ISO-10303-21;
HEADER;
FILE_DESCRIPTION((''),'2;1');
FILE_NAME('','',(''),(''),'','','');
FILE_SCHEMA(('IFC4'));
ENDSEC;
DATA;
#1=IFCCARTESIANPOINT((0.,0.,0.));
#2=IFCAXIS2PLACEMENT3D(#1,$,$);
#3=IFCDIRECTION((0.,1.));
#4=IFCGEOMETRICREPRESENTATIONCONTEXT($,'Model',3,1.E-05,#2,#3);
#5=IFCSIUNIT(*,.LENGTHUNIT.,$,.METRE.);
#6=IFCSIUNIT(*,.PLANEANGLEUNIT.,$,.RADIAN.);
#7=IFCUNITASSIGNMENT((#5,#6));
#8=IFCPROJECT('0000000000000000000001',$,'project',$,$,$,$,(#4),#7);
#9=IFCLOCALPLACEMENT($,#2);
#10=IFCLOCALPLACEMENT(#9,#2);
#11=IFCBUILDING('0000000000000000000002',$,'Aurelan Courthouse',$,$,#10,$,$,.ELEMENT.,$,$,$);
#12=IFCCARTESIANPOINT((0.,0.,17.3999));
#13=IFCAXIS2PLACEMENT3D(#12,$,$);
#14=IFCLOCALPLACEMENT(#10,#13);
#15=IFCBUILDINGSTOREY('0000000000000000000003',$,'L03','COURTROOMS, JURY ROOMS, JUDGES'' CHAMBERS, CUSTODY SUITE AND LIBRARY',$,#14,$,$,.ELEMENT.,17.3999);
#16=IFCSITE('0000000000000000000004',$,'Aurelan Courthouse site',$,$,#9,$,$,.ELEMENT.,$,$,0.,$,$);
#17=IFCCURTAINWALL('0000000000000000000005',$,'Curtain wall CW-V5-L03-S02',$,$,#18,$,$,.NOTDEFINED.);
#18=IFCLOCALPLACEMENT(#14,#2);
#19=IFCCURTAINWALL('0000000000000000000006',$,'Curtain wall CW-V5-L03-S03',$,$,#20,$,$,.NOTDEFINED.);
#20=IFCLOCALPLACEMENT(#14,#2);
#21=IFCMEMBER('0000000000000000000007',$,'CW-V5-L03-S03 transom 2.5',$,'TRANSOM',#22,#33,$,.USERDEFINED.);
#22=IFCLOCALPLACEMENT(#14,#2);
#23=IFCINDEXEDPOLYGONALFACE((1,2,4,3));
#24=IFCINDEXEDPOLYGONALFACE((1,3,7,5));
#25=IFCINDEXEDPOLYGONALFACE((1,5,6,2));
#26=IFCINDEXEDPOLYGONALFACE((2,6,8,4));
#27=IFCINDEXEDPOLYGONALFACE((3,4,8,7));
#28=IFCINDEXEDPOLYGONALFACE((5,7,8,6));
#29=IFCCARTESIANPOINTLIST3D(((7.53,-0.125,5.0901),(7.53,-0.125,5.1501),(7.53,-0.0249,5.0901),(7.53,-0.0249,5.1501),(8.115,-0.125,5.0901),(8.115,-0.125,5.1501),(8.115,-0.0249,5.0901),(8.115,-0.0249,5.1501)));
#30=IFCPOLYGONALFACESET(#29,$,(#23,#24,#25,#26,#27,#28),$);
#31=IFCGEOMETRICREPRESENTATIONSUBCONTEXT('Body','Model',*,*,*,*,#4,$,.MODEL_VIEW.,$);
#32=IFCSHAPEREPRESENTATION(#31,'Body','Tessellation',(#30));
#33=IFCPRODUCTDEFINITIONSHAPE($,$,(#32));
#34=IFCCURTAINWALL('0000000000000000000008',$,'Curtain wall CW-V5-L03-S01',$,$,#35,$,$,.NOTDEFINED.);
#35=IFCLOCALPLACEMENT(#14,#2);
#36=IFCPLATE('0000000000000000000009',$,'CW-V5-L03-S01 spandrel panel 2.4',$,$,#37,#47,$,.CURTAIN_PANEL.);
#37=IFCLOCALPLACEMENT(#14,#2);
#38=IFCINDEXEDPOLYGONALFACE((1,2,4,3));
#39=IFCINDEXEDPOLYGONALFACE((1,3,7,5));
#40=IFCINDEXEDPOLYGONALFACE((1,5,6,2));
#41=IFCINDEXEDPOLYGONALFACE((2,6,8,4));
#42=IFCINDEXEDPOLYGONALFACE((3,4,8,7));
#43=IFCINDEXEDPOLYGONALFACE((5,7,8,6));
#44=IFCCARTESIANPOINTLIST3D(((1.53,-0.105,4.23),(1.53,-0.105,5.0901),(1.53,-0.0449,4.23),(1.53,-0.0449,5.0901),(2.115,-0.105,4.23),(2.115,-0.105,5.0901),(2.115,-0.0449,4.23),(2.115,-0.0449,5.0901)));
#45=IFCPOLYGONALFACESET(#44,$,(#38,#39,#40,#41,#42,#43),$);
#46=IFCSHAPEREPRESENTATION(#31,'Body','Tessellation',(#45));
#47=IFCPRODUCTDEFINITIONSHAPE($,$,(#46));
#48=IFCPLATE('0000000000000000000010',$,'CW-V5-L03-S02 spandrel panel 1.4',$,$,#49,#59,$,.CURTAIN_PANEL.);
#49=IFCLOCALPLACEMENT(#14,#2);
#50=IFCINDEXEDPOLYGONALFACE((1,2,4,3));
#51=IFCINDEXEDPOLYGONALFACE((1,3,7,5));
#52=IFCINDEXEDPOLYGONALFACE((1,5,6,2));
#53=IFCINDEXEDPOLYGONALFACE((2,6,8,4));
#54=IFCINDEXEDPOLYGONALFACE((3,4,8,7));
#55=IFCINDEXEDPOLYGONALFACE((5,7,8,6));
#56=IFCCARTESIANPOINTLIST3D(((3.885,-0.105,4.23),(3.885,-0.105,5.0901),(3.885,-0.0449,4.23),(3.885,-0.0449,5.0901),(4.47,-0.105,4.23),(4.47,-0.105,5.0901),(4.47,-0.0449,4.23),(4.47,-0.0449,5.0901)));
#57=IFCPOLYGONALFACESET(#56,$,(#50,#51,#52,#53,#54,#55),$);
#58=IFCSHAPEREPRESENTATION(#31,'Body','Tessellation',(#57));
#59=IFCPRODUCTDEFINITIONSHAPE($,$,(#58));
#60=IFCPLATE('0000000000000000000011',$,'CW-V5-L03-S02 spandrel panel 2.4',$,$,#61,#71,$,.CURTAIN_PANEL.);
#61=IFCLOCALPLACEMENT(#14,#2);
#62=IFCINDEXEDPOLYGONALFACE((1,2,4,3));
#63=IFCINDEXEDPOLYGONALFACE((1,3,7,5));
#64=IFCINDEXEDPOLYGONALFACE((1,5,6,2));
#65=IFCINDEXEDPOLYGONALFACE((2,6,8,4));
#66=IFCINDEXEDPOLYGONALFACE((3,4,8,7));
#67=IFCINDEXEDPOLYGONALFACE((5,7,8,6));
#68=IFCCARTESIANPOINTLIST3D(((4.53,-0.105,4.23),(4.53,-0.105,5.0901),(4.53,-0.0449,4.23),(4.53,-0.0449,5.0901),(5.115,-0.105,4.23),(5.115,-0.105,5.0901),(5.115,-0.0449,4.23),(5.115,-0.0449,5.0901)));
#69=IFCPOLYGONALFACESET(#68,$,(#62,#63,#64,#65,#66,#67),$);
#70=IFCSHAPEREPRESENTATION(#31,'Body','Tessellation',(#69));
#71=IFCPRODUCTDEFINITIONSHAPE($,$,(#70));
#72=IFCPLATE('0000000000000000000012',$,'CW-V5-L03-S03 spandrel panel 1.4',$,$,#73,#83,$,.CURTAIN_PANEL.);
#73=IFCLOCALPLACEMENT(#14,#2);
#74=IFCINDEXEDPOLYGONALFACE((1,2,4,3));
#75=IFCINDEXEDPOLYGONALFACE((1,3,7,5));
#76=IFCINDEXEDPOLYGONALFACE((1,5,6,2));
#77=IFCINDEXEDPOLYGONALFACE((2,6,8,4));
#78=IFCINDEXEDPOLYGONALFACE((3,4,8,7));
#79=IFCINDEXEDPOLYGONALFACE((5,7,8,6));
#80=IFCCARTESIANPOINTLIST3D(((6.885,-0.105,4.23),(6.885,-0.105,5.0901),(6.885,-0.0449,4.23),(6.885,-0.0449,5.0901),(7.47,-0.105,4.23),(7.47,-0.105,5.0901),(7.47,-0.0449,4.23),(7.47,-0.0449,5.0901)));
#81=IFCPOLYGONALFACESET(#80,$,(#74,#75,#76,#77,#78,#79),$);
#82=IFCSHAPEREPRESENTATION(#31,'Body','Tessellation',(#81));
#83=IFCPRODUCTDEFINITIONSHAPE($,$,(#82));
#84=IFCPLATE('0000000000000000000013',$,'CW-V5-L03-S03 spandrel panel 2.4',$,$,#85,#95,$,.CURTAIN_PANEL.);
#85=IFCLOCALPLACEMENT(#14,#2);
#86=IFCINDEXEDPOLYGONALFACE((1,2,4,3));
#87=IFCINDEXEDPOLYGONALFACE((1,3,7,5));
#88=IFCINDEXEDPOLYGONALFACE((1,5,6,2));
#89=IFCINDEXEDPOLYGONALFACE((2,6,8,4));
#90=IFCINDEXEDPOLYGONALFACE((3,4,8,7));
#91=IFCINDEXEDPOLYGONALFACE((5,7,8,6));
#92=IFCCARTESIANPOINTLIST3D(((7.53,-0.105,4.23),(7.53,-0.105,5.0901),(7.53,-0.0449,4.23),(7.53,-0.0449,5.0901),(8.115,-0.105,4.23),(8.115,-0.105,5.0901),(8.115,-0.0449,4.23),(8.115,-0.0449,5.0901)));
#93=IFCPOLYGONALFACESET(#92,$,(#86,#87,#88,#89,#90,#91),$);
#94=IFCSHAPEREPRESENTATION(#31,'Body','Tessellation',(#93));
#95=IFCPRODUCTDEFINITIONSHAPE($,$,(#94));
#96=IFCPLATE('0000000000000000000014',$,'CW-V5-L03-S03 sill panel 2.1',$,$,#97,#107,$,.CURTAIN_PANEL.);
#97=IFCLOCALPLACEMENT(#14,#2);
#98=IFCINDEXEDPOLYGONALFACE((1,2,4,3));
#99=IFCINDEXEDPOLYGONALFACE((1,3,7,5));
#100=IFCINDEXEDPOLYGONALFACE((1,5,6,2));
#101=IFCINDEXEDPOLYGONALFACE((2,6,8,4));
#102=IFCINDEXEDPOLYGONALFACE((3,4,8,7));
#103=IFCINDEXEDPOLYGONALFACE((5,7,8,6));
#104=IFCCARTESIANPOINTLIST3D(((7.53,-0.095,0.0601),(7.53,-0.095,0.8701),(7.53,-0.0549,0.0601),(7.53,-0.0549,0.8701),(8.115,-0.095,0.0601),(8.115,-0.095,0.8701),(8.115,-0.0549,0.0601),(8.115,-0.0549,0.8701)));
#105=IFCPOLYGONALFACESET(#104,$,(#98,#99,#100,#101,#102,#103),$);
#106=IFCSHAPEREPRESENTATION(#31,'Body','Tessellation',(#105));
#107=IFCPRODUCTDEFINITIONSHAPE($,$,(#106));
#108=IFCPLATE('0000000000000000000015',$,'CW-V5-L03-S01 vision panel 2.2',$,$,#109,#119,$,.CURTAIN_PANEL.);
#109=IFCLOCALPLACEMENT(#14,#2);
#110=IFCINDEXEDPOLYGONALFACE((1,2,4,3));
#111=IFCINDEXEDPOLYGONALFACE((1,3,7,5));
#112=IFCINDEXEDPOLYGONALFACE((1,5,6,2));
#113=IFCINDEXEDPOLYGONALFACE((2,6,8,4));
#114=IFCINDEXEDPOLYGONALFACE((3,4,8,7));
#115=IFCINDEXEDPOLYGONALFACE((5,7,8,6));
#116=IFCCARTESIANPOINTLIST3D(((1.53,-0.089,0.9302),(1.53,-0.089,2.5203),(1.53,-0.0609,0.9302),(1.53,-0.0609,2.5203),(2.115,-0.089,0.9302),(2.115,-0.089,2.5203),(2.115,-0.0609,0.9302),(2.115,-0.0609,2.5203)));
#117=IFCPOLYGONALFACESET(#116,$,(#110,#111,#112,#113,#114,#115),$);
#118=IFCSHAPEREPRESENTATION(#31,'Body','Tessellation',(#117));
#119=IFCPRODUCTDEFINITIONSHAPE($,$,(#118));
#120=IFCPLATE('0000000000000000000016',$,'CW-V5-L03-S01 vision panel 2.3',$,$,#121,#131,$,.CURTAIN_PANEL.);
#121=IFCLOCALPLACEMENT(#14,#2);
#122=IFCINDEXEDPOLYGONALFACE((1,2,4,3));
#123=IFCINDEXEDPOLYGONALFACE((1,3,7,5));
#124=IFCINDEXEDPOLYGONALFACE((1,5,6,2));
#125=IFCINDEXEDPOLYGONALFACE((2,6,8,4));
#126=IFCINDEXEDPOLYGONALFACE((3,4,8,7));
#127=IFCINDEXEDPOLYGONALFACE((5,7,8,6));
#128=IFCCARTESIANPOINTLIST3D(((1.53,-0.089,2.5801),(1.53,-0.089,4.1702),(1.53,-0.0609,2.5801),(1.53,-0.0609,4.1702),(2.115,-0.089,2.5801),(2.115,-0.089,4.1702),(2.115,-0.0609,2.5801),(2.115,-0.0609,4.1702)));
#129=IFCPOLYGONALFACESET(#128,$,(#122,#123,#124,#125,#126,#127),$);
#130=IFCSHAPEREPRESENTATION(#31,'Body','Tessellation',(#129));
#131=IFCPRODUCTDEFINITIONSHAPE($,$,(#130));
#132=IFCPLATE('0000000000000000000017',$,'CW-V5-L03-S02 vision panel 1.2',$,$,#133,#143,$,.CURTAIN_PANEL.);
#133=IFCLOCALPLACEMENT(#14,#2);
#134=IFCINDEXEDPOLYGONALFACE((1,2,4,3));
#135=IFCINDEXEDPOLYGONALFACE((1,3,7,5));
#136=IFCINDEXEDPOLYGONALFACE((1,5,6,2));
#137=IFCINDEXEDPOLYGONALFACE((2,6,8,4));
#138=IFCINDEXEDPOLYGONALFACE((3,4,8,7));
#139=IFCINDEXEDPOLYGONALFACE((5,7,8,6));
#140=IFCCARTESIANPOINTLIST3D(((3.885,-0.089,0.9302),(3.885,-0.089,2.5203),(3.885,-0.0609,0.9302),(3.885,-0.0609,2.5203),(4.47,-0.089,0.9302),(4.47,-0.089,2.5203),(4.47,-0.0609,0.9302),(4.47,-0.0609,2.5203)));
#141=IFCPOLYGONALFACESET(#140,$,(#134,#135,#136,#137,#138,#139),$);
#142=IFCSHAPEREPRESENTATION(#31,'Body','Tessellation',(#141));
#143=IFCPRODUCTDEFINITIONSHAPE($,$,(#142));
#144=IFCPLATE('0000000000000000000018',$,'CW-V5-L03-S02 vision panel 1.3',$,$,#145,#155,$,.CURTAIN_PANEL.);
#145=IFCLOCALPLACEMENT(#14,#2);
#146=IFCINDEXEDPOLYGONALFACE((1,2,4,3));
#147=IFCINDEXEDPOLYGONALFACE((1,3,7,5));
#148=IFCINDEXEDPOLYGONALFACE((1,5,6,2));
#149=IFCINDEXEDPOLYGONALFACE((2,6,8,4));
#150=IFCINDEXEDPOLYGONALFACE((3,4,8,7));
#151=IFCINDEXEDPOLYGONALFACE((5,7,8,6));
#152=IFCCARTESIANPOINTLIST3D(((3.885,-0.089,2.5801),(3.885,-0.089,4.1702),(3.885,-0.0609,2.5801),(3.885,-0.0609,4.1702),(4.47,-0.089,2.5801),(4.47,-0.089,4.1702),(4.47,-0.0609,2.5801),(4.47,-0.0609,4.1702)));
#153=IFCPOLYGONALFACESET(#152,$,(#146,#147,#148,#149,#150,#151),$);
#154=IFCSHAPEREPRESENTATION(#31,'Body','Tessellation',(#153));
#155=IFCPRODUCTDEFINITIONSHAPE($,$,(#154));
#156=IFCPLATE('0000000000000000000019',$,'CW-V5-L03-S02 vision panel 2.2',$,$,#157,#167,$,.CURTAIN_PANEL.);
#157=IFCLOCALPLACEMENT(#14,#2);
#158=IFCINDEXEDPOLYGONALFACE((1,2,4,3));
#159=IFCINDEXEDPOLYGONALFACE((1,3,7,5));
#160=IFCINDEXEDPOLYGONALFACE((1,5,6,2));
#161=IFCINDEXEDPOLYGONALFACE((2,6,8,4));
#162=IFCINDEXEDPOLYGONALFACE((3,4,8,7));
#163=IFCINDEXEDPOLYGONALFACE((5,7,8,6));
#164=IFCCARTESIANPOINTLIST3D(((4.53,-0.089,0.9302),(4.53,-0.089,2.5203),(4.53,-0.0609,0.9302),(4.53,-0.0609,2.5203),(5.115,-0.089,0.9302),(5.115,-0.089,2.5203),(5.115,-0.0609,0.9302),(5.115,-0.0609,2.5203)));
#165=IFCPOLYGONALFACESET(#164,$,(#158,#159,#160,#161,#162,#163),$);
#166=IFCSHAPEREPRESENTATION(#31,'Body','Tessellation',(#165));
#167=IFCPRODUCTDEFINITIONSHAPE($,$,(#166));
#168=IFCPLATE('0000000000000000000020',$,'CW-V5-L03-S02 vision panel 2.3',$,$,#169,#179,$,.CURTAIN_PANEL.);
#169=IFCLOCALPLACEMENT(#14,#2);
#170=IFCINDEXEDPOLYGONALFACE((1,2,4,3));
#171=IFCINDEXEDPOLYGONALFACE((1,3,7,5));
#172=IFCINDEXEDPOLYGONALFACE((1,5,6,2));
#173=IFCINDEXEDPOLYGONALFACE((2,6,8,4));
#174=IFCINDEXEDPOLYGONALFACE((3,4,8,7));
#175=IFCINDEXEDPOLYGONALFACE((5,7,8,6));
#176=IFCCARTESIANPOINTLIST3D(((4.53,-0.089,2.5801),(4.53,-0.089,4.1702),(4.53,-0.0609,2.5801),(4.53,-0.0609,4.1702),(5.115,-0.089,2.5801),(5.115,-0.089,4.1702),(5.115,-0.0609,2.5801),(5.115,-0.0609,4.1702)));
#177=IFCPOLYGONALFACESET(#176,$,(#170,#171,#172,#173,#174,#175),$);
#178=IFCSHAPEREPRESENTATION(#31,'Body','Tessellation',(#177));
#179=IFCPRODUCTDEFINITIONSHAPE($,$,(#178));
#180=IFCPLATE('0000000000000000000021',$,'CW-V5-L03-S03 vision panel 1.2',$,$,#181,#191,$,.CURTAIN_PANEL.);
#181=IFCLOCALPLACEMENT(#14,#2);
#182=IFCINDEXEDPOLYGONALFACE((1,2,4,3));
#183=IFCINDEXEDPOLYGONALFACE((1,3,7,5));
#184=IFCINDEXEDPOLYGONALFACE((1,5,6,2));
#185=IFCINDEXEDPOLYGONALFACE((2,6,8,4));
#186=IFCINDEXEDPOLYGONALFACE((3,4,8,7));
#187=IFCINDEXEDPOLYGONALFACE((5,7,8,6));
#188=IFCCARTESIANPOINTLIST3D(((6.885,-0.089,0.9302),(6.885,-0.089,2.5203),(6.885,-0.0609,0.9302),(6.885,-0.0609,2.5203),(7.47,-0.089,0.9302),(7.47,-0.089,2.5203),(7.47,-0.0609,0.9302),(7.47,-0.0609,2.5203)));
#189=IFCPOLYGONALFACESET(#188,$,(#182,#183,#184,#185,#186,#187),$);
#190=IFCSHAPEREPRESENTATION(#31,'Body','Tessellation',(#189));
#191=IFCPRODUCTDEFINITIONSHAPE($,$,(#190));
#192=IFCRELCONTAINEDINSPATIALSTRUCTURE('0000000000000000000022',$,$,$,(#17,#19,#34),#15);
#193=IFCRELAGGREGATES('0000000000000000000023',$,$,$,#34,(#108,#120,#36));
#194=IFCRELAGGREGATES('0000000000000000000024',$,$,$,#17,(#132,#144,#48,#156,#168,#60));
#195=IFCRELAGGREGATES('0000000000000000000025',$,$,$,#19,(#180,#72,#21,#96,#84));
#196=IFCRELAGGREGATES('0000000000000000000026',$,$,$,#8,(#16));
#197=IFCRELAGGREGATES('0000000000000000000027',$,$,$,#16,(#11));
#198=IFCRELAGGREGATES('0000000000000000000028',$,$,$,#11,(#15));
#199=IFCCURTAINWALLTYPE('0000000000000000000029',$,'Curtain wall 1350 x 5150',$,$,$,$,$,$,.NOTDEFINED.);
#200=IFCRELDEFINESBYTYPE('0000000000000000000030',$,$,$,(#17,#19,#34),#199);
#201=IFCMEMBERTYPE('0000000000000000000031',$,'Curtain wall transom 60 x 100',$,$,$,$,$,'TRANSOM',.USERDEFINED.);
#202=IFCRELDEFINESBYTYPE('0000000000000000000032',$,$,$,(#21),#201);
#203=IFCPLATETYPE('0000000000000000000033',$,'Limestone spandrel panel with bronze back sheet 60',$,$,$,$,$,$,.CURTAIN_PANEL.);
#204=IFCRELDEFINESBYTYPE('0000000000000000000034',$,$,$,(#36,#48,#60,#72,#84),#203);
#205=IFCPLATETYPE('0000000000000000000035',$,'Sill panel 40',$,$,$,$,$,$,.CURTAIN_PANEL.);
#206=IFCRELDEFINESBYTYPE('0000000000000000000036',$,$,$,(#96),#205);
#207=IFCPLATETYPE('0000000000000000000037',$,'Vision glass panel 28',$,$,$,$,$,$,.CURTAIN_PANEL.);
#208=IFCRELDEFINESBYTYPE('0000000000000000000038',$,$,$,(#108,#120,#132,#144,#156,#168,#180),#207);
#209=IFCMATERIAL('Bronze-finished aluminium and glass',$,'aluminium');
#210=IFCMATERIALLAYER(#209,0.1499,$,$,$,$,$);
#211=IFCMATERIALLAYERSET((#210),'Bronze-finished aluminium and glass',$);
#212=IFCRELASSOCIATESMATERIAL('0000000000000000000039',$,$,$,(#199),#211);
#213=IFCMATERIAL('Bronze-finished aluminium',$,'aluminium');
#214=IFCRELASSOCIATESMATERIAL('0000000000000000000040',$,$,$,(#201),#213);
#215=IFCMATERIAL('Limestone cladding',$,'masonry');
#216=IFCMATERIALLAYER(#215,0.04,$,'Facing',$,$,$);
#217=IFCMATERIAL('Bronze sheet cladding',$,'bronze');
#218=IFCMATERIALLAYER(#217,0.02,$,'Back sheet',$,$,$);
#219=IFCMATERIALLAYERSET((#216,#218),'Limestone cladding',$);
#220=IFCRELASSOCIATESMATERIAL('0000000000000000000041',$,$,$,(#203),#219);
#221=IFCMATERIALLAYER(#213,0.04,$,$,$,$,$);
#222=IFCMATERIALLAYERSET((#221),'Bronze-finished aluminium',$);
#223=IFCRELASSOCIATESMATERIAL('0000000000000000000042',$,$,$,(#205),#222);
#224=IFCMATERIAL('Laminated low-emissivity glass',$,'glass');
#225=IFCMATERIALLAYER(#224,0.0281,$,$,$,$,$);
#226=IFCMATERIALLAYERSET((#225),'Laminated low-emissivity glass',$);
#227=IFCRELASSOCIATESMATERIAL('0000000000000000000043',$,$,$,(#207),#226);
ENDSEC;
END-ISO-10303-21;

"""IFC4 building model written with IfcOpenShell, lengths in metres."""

from ifc_helpers import new_model, si_unit, direction, frame, origin, origin_2d, place, context, subcontext, project, spatial, rectangle, extrude, material, layer, layer_set, material_profile, profile_set, type_object, element, aggregate, save


model = new_model("IFC4")

# Units and contexts
model_context = context("Model", 3, precision=1e-05, world=origin(), true_north=direction((0.0, 1.0)))
body_context = subcontext(model_context, "Body", "Model", "MODEL_VIEW")
ifc_project = project(units=[si_unit("LENGTHUNIT", "METRE"), si_unit("PLANEANGLEUNIT", "RADIAN")], contexts=[model_context])

# Site, building, storey
site_placement = place(None, origin())
site = spatial("IfcSite", under=ifc_project, at=site_placement, Name="Aurelan Courthouse site", CompositionType="ELEMENT", RefElevation=0.0)
building_placement = place(site_placement, origin())
building = spatial("IfcBuilding", under=site, at=building_placement, Name="Aurelan Courthouse", CompositionType="ELEMENT")
storey_placement = place(building_placement, frame((0.0, 0.0, 17.3999)))
storey = spatial("IfcBuildingStorey", under=building, at=storey_placement, Name="L03", Description="COURTROOMS, JURY ROOMS, JUDGES' CHAMBERS, CUSTODY SUITE AND LIBRARY", CompositionType="ELEMENT", Elevation=17.3999)

# Curtain walls, member
ifc_material_1 = material(Name="Bronze-finished aluminium and glass", Category="aluminium")
ifc_layer_1 = layer(ifc_material_1, 0.1499)
ifc_layer_set_1 = layer_set([ifc_layer_1], Name="Bronze-finished aluminium and glass")
curtain_wall_type = type_object("IfcCurtainWallType", Name="Curtain wall 1350 x 5150", PredefinedType="NOTDEFINED", material=ifc_layer_set_1)
curtain_wall_1_placement = place(storey_placement, origin())
curtain_wall_1 = element("IfcCurtainWall", 1, at=curtain_wall_1_placement, inside=storey, type_object=curtain_wall_type, Name="Curtain wall CW-V5-L03-S02", PredefinedType="NOTDEFINED")
ifc_material_2 = material(Name="Bronze-finished aluminium", Category="aluminium")
ifc_material_profile = material_profile(ifc_material_2, rectangle(XDim=0.1001, YDim=0.0601, at=origin_2d()), Name="Bronze transom 60 x 100")
ifc_profile_set = profile_set([ifc_material_profile], Name="Bronze-finished aluminium")
member_type = type_object("IfcMemberType", Name="Curtain wall transom 60 x 100", ElementType="TRANSOM", PredefinedType="USERDEFINED", material=ifc_profile_set)
curtain_wall_2_placement = place(storey_placement, origin())
curtain_wall_2 = element("IfcCurtainWall", 2, at=curtain_wall_2_placement, inside=storey, type_object=curtain_wall_type, Name="Curtain wall CW-V5-L03-S03", PredefinedType="NOTDEFINED")
member_1_placement = place(storey_placement, frame((7.53, -0.075, 5.1201), z_axis=(1.0, 0.0, 0.0), x_axis=(0.0, 1.0, 0.0)))
member_1 = element("IfcMember", 3, at=member_1_placement, type_object=member_type, Name="CW-V5-L03-S03 transom 2.5", ObjectType="TRANSOM", PredefinedType="USERDEFINED", context=body_context, shape_type="SweptSolid", body=[
    extrude(rectangle(XDim=0.1001, YDim=0.0601, at=origin_2d()), origin(), (0.0, 0.0, 1.0), 0.585),
])

# Curtain wall, plate
curtain_wall_3_placement = place(storey_placement, origin())
curtain_wall_3 = element("IfcCurtainWall", 4, at=curtain_wall_3_placement, inside=storey, type_object=curtain_wall_type, Name="Curtain wall CW-V5-L03-S01", PredefinedType="NOTDEFINED")
ifc_material_3 = material(Name="Limestone cladding", Category="masonry")
ifc_layer_2 = layer(ifc_material_3, 0.04, Name="Facing")
ifc_material_4 = material(Name="Bronze sheet cladding", Category="bronze")
ifc_layer_3 = layer(ifc_material_4, 0.02, Name="Back sheet")
ifc_layer_set_2 = layer_set([ifc_layer_2, ifc_layer_3], Name="Limestone cladding")
plate_type_1 = type_object("IfcPlateType", Name="Limestone spandrel panel with bronze back sheet 60", PredefinedType="CURTAIN_PANEL", material=ifc_layer_set_2)
plate_1_placement = place(storey_placement, frame((1.8225, -0.075, 4.23), z_axis=(0.0, 0.0, 1.0), x_axis=(1.0, 0.0, 0.0)))
plate_1 = element("IfcPlate", 5, at=plate_1_placement, type_object=plate_type_1, Name="CW-V5-L03-S01 spandrel panel 2.4", PredefinedType="CURTAIN_PANEL", context=body_context, shape_type="SweptSolid", body=[
    extrude(rectangle(XDim=0.585, YDim=0.0601, at=origin_2d()), origin(), (0.0, 0.0, 1.0), 0.8601),
])

# Plates
plate_2_placement = place(storey_placement, frame((4.1775, -0.075, 4.23), z_axis=(0.0, 0.0, 1.0), x_axis=(1.0, 0.0, 0.0)))
plate_2 = element("IfcPlate", 6, at=plate_2_placement, type_object=plate_type_1, Name="CW-V5-L03-S02 spandrel panel 1.4", PredefinedType="CURTAIN_PANEL", context=body_context, shape_type="SweptSolid", body=[
    extrude(rectangle(XDim=0.585, YDim=0.0601, at=origin_2d()), origin(), (0.0, 0.0, 1.0), 0.8601),
])
plate_3_placement = place(storey_placement, frame((4.8225, -0.075, 4.23), z_axis=(0.0, 0.0, 1.0), x_axis=(1.0, 0.0, 0.0)))
plate_3 = element("IfcPlate", 7, at=plate_3_placement, type_object=plate_type_1, Name="CW-V5-L03-S02 spandrel panel 2.4", PredefinedType="CURTAIN_PANEL", context=body_context, shape_type="SweptSolid", body=[
    extrude(rectangle(XDim=0.585, YDim=0.0601, at=origin_2d()), origin(), (0.0, 0.0, 1.0), 0.8601),
])
plate_4_placement = place(storey_placement, frame((7.1775, -0.075, 4.23), z_axis=(0.0, 0.0, 1.0), x_axis=(1.0, 0.0, 0.0)))
plate_4 = element("IfcPlate", 8, at=plate_4_placement, type_object=plate_type_1, Name="CW-V5-L03-S03 spandrel panel 1.4", PredefinedType="CURTAIN_PANEL", context=body_context, shape_type="SweptSolid", body=[
    extrude(rectangle(XDim=0.585, YDim=0.0601, at=origin_2d()), origin(), (0.0, 0.0, 1.0), 0.8601),
])
plate_5_placement = place(storey_placement, frame((7.8225, -0.075, 4.23), z_axis=(0.0, 0.0, 1.0), x_axis=(1.0, 0.0, 0.0)))
plate_5 = element("IfcPlate", 9, at=plate_5_placement, type_object=plate_type_1, Name="CW-V5-L03-S03 spandrel panel 2.4", PredefinedType="CURTAIN_PANEL", context=body_context, shape_type="SweptSolid", body=[
    extrude(rectangle(XDim=0.585, YDim=0.0601, at=origin_2d()), origin(), (0.0, 0.0, 1.0), 0.8601),
])
ifc_layer_4 = layer(ifc_material_2, 0.04)
ifc_layer_set_3 = layer_set([ifc_layer_4], Name="Bronze-finished aluminium")
plate_type_2 = type_object("IfcPlateType", Name="Sill panel 40", PredefinedType="CURTAIN_PANEL", material=ifc_layer_set_3)
plate_6_placement = place(storey_placement, frame((7.8225, -0.075, 0.0601), z_axis=(0.0, 0.0, 1.0), x_axis=(1.0, 0.0, 0.0)))
plate_6 = element("IfcPlate", 10, at=plate_6_placement, type_object=plate_type_2, Name="CW-V5-L03-S03 sill panel 2.1", PredefinedType="CURTAIN_PANEL", context=body_context, shape_type="SweptSolid", body=[
    extrude(rectangle(XDim=0.585, YDim=0.04, at=origin_2d()), origin(), (0.0, 0.0, 1.0), 0.8101),
])
ifc_material_5 = material(Name="Laminated low-emissivity glass", Category="glass")
ifc_layer_5 = layer(ifc_material_5, 0.0281)
ifc_layer_set_4 = layer_set([ifc_layer_5], Name="Laminated low-emissivity glass")
plate_type_3 = type_object("IfcPlateType", Name="Vision glass panel 28", PredefinedType="CURTAIN_PANEL", material=ifc_layer_set_4)
plate_7_placement = place(storey_placement, frame((1.8225, -0.075, 0.9302), z_axis=(0.0, 0.0, 1.0), x_axis=(1.0, 0.0, 0.0)))
plate_7 = element("IfcPlate", 11, at=plate_7_placement, type_object=plate_type_3, Name="CW-V5-L03-S01 vision panel 2.2", PredefinedType="CURTAIN_PANEL", context=body_context, shape_type="SweptSolid", body=[
    extrude(rectangle(XDim=0.585, YDim=0.0281, at=origin_2d()), origin(), (0.0, 0.0, 1.0), 1.5901),
])
plate_8_placement = place(storey_placement, frame((1.8225, -0.075, 2.5801), z_axis=(0.0, 0.0, 1.0), x_axis=(1.0, 0.0, 0.0)))
plate_8 = element("IfcPlate", 12, at=plate_8_placement, type_object=plate_type_3, Name="CW-V5-L03-S01 vision panel 2.3", PredefinedType="CURTAIN_PANEL", context=body_context, shape_type="SweptSolid", body=[
    extrude(rectangle(XDim=0.585, YDim=0.0281, at=origin_2d()), origin(), (0.0, 0.0, 1.0), 1.5901),
])
aggregate(curtain_wall_3, [plate_7, plate_8, plate_1])
plate_9_placement = place(storey_placement, frame((4.1775, -0.075, 0.9302), z_axis=(0.0, 0.0, 1.0), x_axis=(1.0, 0.0, 0.0)))
plate_9 = element("IfcPlate", 13, at=plate_9_placement, type_object=plate_type_3, Name="CW-V5-L03-S02 vision panel 1.2", PredefinedType="CURTAIN_PANEL", context=body_context, shape_type="SweptSolid", body=[
    extrude(rectangle(XDim=0.585, YDim=0.0281, at=origin_2d()), origin(), (0.0, 0.0, 1.0), 1.5901),
])
plate_10_placement = place(storey_placement, frame((4.1775, -0.075, 2.5801), z_axis=(0.0, 0.0, 1.0), x_axis=(1.0, 0.0, 0.0)))
plate_10 = element("IfcPlate", 14, at=plate_10_placement, type_object=plate_type_3, Name="CW-V5-L03-S02 vision panel 1.3", PredefinedType="CURTAIN_PANEL", context=body_context, shape_type="SweptSolid", body=[
    extrude(rectangle(XDim=0.585, YDim=0.0281, at=origin_2d()), origin(), (0.0, 0.0, 1.0), 1.5901),
])
plate_11_placement = place(storey_placement, frame((4.8225, -0.075, 0.9302), z_axis=(0.0, 0.0, 1.0), x_axis=(1.0, 0.0, 0.0)))
plate_11 = element("IfcPlate", 15, at=plate_11_placement, type_object=plate_type_3, Name="CW-V5-L03-S02 vision panel 2.2", PredefinedType="CURTAIN_PANEL", context=body_context, shape_type="SweptSolid", body=[
    extrude(rectangle(XDim=0.585, YDim=0.0281, at=origin_2d()), origin(), (0.0, 0.0, 1.0), 1.5901),
])
plate_12_placement = place(storey_placement, frame((4.8225, -0.075, 2.5801), z_axis=(0.0, 0.0, 1.0), x_axis=(1.0, 0.0, 0.0)))
plate_12 = element("IfcPlate", 16, at=plate_12_placement, type_object=plate_type_3, Name="CW-V5-L03-S02 vision panel 2.3", PredefinedType="CURTAIN_PANEL", context=body_context, shape_type="SweptSolid", body=[
    extrude(rectangle(XDim=0.585, YDim=0.0281, at=origin_2d()), origin(), (0.0, 0.0, 1.0), 1.5901),
])
aggregate(curtain_wall_1, [plate_9, plate_10, plate_2, plate_11, plate_12, plate_3])
plate_13_placement = place(storey_placement, frame((7.1775, -0.075, 0.9302), z_axis=(0.0, 0.0, 1.0), x_axis=(1.0, 0.0, 0.0)))
plate_13 = element("IfcPlate", 17, at=plate_13_placement, type_object=plate_type_3, Name="CW-V5-L03-S03 vision panel 1.2", PredefinedType="CURTAIN_PANEL", context=body_context, shape_type="SweptSolid", body=[
    extrude(rectangle(XDim=0.585, YDim=0.0281, at=origin_2d()), origin(), (0.0, 0.0, 1.0), 1.5901),
])
aggregate(curtain_wall_2, [plate_13, plate_4, member_1, plate_6, plate_5])

save(model, "model.ifc")
